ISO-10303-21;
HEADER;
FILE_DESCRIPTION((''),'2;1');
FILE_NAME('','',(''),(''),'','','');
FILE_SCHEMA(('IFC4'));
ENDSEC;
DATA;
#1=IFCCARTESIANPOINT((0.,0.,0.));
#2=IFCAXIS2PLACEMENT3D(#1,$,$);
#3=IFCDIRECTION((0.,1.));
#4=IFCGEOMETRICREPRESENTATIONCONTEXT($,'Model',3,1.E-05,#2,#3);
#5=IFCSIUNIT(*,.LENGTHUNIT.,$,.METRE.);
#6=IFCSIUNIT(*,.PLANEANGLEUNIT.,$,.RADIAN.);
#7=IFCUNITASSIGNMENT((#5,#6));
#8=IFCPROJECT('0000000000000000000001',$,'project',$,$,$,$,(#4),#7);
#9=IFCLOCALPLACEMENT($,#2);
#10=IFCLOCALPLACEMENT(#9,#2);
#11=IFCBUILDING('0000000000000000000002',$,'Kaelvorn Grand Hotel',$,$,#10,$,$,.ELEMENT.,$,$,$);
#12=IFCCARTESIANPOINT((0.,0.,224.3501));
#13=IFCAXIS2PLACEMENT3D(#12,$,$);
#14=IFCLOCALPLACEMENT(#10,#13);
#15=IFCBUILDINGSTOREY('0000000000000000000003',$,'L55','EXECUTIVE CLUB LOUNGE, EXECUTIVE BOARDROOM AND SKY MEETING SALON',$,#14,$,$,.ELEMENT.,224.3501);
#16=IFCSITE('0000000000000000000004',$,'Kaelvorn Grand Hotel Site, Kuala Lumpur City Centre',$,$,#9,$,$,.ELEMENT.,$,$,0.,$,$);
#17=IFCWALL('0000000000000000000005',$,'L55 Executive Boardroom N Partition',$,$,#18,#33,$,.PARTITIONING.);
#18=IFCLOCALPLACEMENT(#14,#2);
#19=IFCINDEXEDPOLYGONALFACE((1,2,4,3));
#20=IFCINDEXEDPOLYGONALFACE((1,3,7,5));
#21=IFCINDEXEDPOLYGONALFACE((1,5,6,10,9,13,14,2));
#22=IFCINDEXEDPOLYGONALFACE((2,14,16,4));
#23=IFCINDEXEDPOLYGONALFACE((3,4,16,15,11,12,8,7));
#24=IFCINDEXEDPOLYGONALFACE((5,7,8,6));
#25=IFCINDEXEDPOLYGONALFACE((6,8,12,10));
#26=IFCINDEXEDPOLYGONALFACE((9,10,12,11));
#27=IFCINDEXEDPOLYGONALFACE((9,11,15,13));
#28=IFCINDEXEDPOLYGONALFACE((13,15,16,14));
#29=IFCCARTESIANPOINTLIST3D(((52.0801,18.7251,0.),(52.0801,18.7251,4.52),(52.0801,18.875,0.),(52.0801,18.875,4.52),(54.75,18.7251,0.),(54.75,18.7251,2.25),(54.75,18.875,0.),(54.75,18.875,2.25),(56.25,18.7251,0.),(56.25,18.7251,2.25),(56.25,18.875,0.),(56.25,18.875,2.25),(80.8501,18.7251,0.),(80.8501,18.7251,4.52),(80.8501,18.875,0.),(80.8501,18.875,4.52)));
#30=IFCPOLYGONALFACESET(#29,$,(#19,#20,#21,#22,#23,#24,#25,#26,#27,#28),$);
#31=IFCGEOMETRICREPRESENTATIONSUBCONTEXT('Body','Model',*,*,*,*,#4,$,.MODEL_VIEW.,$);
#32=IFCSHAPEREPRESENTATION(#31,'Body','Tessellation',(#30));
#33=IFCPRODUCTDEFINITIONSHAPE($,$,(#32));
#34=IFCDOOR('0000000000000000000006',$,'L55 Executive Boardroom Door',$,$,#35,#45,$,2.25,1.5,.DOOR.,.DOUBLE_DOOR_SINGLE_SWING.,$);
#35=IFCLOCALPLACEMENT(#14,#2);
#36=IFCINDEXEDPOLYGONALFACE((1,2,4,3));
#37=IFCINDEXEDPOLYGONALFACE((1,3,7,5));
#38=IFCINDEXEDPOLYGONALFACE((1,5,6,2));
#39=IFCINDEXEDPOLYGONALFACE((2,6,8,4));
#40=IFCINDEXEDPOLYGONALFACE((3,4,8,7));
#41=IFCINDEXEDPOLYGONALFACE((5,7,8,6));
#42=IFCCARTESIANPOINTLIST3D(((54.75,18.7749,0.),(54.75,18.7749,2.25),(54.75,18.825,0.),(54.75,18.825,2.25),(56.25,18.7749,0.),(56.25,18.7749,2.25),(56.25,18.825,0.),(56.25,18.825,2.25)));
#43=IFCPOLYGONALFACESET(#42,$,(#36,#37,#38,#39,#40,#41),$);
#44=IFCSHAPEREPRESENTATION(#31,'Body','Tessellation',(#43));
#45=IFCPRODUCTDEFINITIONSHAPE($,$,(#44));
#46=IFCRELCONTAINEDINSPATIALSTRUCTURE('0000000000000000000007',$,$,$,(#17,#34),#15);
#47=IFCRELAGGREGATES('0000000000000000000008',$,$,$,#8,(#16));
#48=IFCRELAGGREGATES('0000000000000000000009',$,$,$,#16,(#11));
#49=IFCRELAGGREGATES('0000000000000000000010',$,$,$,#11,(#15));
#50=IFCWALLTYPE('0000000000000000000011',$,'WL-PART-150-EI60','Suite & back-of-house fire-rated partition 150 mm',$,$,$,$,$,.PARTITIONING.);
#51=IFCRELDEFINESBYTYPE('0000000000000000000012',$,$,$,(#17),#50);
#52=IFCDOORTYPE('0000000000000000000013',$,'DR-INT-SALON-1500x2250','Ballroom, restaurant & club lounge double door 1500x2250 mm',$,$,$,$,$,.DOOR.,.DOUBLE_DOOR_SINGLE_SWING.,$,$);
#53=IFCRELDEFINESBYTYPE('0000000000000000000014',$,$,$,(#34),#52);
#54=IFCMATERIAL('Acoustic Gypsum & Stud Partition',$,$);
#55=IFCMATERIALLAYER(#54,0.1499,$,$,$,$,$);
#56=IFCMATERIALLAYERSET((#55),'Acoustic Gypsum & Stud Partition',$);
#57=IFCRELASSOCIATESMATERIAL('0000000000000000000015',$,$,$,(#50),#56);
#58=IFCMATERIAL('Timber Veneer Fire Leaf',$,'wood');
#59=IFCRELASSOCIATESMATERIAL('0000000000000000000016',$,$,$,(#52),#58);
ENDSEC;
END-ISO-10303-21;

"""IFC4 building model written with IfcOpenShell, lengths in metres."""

from ifc_helpers import new_model, si_unit, direction, frame, frame_2d, origin, place, context, subcontext, project, spatial, rectangle, extrude, material, layer, layer_set, type_object, element, fill, save


model = new_model("IFC4")

# Units and contexts
model_context = context("Model", 3, precision=1e-05, world=origin(), true_north=direction((0.0, 1.0)))
body_context = subcontext(model_context, "Body", "Model", "MODEL_VIEW")
ifc_project = project(units=[si_unit("LENGTHUNIT", "METRE"), si_unit("PLANEANGLEUNIT", "RADIAN")], contexts=[model_context])

# Site, building, storey
site_placement = place(None, origin())
site = spatial("IfcSite", under=ifc_project, at=site_placement, Name="Kaelvorn Grand Hotel Site, Kuala Lumpur City Centre", CompositionType="ELEMENT", RefElevation=0.0)
building_placement = place(site_placement, origin())
building = spatial("IfcBuilding", under=site, at=building_placement, Name="Kaelvorn Grand Hotel", CompositionType="ELEMENT")
storey_placement = place(building_placement, frame((0.0, 0.0, 224.3501)))
storey = spatial("IfcBuildingStorey", under=building, at=storey_placement, Name="L55", Description="EXECUTIVE CLUB LOUNGE, EXECUTIVE BOARDROOM AND SKY MEETING SALON", CompositionType="ELEMENT", Elevation=224.3501)

# Shared definitions
ifc_material_1 = material(Name="Acoustic Gypsum & Stud Partition")
ifc_layer_1 = layer(ifc_material_1, 0.1499)
ifc_layer_set_1 = layer_set([ifc_layer_1], Name="Acoustic Gypsum & Stud Partition")
wall_type_1 = type_object("IfcWallType", Name="WL-PART-150-EI60", Description="Suite & back-of-house fire-rated partition 150 mm", PredefinedType="PARTITIONING", material=ifc_layer_set_1)

# Wall, opening, door
wall_1_placement = place(storey_placement, frame((52.0801, 18.8, 0.0), z_axis=(0.0, 0.0, 1.0), x_axis=(1.0, 0.0, 0.0)))
wall_1 = element("IfcWall", 1, at=wall_1_placement, inside=storey, type_object=wall_type_1, Name="L55 Executive Boardroom N Partition", PredefinedType="PARTITIONING", context=body_context, shape_type="SweptSolid", body=[
    extrude(rectangle(XDim=28.77, YDim=0.1499, at=frame_2d((14.385, 0.0))), origin(), (0.0, 0.0, 1.0), 4.52),
])
opening_placement = place(wall_1_placement, frame((2.6699, 0.0, 0.0)))
opening = element("IfcOpeningElement", 2, at=opening_placement, cuts=wall_1, PredefinedType="OPENING", context=body_context, shape_type="SweptSolid", body=[
    extrude(rectangle(XDim=1.5, YDim=2.25, at=frame_2d((0.75, 1.125))), frame((0.0, 0.085, 0.0), z_axis=(0.0, -1.0, 0.0), x_axis=(1.0, 0.0, 0.0)), (0.0, 0.0, 1.0), 0.1699),
])
ifc_material_2 = material(Name="Timber Veneer Fire Leaf", Category="wood")
door_type = type_object("IfcDoorType", Name="DR-INT-SALON-1500x2250", Description="Ballroom, restaurant & club lounge double door 1500x2250 mm", OperationType="DOUBLE_DOOR_SINGLE_SWING", PredefinedType="DOOR", material=ifc_material_2)
door_placement = place(opening_placement, origin())
door = element("IfcDoor", 3, at=door_placement, inside=storey, type_object=door_type, Name="L55 Executive Boardroom Door", OperationType="DOUBLE_DOOR_SINGLE_SWING", OverallHeight=2.25, OverallWidth=1.5, PredefinedType="DOOR", context=body_context, shape_type="SweptSolid", body=[
    extrude(rectangle(XDim=1.5, YDim=2.25, at=frame_2d((0.75, 1.125))), frame((0.0, 0.0249, 0.0), z_axis=(0.0, -1.0, 0.0), x_axis=(1.0, 0.0, 0.0)), (0.0, 0.0, 1.0), 0.05),
])
fill(opening, door)

save(model, "model.ifc")
